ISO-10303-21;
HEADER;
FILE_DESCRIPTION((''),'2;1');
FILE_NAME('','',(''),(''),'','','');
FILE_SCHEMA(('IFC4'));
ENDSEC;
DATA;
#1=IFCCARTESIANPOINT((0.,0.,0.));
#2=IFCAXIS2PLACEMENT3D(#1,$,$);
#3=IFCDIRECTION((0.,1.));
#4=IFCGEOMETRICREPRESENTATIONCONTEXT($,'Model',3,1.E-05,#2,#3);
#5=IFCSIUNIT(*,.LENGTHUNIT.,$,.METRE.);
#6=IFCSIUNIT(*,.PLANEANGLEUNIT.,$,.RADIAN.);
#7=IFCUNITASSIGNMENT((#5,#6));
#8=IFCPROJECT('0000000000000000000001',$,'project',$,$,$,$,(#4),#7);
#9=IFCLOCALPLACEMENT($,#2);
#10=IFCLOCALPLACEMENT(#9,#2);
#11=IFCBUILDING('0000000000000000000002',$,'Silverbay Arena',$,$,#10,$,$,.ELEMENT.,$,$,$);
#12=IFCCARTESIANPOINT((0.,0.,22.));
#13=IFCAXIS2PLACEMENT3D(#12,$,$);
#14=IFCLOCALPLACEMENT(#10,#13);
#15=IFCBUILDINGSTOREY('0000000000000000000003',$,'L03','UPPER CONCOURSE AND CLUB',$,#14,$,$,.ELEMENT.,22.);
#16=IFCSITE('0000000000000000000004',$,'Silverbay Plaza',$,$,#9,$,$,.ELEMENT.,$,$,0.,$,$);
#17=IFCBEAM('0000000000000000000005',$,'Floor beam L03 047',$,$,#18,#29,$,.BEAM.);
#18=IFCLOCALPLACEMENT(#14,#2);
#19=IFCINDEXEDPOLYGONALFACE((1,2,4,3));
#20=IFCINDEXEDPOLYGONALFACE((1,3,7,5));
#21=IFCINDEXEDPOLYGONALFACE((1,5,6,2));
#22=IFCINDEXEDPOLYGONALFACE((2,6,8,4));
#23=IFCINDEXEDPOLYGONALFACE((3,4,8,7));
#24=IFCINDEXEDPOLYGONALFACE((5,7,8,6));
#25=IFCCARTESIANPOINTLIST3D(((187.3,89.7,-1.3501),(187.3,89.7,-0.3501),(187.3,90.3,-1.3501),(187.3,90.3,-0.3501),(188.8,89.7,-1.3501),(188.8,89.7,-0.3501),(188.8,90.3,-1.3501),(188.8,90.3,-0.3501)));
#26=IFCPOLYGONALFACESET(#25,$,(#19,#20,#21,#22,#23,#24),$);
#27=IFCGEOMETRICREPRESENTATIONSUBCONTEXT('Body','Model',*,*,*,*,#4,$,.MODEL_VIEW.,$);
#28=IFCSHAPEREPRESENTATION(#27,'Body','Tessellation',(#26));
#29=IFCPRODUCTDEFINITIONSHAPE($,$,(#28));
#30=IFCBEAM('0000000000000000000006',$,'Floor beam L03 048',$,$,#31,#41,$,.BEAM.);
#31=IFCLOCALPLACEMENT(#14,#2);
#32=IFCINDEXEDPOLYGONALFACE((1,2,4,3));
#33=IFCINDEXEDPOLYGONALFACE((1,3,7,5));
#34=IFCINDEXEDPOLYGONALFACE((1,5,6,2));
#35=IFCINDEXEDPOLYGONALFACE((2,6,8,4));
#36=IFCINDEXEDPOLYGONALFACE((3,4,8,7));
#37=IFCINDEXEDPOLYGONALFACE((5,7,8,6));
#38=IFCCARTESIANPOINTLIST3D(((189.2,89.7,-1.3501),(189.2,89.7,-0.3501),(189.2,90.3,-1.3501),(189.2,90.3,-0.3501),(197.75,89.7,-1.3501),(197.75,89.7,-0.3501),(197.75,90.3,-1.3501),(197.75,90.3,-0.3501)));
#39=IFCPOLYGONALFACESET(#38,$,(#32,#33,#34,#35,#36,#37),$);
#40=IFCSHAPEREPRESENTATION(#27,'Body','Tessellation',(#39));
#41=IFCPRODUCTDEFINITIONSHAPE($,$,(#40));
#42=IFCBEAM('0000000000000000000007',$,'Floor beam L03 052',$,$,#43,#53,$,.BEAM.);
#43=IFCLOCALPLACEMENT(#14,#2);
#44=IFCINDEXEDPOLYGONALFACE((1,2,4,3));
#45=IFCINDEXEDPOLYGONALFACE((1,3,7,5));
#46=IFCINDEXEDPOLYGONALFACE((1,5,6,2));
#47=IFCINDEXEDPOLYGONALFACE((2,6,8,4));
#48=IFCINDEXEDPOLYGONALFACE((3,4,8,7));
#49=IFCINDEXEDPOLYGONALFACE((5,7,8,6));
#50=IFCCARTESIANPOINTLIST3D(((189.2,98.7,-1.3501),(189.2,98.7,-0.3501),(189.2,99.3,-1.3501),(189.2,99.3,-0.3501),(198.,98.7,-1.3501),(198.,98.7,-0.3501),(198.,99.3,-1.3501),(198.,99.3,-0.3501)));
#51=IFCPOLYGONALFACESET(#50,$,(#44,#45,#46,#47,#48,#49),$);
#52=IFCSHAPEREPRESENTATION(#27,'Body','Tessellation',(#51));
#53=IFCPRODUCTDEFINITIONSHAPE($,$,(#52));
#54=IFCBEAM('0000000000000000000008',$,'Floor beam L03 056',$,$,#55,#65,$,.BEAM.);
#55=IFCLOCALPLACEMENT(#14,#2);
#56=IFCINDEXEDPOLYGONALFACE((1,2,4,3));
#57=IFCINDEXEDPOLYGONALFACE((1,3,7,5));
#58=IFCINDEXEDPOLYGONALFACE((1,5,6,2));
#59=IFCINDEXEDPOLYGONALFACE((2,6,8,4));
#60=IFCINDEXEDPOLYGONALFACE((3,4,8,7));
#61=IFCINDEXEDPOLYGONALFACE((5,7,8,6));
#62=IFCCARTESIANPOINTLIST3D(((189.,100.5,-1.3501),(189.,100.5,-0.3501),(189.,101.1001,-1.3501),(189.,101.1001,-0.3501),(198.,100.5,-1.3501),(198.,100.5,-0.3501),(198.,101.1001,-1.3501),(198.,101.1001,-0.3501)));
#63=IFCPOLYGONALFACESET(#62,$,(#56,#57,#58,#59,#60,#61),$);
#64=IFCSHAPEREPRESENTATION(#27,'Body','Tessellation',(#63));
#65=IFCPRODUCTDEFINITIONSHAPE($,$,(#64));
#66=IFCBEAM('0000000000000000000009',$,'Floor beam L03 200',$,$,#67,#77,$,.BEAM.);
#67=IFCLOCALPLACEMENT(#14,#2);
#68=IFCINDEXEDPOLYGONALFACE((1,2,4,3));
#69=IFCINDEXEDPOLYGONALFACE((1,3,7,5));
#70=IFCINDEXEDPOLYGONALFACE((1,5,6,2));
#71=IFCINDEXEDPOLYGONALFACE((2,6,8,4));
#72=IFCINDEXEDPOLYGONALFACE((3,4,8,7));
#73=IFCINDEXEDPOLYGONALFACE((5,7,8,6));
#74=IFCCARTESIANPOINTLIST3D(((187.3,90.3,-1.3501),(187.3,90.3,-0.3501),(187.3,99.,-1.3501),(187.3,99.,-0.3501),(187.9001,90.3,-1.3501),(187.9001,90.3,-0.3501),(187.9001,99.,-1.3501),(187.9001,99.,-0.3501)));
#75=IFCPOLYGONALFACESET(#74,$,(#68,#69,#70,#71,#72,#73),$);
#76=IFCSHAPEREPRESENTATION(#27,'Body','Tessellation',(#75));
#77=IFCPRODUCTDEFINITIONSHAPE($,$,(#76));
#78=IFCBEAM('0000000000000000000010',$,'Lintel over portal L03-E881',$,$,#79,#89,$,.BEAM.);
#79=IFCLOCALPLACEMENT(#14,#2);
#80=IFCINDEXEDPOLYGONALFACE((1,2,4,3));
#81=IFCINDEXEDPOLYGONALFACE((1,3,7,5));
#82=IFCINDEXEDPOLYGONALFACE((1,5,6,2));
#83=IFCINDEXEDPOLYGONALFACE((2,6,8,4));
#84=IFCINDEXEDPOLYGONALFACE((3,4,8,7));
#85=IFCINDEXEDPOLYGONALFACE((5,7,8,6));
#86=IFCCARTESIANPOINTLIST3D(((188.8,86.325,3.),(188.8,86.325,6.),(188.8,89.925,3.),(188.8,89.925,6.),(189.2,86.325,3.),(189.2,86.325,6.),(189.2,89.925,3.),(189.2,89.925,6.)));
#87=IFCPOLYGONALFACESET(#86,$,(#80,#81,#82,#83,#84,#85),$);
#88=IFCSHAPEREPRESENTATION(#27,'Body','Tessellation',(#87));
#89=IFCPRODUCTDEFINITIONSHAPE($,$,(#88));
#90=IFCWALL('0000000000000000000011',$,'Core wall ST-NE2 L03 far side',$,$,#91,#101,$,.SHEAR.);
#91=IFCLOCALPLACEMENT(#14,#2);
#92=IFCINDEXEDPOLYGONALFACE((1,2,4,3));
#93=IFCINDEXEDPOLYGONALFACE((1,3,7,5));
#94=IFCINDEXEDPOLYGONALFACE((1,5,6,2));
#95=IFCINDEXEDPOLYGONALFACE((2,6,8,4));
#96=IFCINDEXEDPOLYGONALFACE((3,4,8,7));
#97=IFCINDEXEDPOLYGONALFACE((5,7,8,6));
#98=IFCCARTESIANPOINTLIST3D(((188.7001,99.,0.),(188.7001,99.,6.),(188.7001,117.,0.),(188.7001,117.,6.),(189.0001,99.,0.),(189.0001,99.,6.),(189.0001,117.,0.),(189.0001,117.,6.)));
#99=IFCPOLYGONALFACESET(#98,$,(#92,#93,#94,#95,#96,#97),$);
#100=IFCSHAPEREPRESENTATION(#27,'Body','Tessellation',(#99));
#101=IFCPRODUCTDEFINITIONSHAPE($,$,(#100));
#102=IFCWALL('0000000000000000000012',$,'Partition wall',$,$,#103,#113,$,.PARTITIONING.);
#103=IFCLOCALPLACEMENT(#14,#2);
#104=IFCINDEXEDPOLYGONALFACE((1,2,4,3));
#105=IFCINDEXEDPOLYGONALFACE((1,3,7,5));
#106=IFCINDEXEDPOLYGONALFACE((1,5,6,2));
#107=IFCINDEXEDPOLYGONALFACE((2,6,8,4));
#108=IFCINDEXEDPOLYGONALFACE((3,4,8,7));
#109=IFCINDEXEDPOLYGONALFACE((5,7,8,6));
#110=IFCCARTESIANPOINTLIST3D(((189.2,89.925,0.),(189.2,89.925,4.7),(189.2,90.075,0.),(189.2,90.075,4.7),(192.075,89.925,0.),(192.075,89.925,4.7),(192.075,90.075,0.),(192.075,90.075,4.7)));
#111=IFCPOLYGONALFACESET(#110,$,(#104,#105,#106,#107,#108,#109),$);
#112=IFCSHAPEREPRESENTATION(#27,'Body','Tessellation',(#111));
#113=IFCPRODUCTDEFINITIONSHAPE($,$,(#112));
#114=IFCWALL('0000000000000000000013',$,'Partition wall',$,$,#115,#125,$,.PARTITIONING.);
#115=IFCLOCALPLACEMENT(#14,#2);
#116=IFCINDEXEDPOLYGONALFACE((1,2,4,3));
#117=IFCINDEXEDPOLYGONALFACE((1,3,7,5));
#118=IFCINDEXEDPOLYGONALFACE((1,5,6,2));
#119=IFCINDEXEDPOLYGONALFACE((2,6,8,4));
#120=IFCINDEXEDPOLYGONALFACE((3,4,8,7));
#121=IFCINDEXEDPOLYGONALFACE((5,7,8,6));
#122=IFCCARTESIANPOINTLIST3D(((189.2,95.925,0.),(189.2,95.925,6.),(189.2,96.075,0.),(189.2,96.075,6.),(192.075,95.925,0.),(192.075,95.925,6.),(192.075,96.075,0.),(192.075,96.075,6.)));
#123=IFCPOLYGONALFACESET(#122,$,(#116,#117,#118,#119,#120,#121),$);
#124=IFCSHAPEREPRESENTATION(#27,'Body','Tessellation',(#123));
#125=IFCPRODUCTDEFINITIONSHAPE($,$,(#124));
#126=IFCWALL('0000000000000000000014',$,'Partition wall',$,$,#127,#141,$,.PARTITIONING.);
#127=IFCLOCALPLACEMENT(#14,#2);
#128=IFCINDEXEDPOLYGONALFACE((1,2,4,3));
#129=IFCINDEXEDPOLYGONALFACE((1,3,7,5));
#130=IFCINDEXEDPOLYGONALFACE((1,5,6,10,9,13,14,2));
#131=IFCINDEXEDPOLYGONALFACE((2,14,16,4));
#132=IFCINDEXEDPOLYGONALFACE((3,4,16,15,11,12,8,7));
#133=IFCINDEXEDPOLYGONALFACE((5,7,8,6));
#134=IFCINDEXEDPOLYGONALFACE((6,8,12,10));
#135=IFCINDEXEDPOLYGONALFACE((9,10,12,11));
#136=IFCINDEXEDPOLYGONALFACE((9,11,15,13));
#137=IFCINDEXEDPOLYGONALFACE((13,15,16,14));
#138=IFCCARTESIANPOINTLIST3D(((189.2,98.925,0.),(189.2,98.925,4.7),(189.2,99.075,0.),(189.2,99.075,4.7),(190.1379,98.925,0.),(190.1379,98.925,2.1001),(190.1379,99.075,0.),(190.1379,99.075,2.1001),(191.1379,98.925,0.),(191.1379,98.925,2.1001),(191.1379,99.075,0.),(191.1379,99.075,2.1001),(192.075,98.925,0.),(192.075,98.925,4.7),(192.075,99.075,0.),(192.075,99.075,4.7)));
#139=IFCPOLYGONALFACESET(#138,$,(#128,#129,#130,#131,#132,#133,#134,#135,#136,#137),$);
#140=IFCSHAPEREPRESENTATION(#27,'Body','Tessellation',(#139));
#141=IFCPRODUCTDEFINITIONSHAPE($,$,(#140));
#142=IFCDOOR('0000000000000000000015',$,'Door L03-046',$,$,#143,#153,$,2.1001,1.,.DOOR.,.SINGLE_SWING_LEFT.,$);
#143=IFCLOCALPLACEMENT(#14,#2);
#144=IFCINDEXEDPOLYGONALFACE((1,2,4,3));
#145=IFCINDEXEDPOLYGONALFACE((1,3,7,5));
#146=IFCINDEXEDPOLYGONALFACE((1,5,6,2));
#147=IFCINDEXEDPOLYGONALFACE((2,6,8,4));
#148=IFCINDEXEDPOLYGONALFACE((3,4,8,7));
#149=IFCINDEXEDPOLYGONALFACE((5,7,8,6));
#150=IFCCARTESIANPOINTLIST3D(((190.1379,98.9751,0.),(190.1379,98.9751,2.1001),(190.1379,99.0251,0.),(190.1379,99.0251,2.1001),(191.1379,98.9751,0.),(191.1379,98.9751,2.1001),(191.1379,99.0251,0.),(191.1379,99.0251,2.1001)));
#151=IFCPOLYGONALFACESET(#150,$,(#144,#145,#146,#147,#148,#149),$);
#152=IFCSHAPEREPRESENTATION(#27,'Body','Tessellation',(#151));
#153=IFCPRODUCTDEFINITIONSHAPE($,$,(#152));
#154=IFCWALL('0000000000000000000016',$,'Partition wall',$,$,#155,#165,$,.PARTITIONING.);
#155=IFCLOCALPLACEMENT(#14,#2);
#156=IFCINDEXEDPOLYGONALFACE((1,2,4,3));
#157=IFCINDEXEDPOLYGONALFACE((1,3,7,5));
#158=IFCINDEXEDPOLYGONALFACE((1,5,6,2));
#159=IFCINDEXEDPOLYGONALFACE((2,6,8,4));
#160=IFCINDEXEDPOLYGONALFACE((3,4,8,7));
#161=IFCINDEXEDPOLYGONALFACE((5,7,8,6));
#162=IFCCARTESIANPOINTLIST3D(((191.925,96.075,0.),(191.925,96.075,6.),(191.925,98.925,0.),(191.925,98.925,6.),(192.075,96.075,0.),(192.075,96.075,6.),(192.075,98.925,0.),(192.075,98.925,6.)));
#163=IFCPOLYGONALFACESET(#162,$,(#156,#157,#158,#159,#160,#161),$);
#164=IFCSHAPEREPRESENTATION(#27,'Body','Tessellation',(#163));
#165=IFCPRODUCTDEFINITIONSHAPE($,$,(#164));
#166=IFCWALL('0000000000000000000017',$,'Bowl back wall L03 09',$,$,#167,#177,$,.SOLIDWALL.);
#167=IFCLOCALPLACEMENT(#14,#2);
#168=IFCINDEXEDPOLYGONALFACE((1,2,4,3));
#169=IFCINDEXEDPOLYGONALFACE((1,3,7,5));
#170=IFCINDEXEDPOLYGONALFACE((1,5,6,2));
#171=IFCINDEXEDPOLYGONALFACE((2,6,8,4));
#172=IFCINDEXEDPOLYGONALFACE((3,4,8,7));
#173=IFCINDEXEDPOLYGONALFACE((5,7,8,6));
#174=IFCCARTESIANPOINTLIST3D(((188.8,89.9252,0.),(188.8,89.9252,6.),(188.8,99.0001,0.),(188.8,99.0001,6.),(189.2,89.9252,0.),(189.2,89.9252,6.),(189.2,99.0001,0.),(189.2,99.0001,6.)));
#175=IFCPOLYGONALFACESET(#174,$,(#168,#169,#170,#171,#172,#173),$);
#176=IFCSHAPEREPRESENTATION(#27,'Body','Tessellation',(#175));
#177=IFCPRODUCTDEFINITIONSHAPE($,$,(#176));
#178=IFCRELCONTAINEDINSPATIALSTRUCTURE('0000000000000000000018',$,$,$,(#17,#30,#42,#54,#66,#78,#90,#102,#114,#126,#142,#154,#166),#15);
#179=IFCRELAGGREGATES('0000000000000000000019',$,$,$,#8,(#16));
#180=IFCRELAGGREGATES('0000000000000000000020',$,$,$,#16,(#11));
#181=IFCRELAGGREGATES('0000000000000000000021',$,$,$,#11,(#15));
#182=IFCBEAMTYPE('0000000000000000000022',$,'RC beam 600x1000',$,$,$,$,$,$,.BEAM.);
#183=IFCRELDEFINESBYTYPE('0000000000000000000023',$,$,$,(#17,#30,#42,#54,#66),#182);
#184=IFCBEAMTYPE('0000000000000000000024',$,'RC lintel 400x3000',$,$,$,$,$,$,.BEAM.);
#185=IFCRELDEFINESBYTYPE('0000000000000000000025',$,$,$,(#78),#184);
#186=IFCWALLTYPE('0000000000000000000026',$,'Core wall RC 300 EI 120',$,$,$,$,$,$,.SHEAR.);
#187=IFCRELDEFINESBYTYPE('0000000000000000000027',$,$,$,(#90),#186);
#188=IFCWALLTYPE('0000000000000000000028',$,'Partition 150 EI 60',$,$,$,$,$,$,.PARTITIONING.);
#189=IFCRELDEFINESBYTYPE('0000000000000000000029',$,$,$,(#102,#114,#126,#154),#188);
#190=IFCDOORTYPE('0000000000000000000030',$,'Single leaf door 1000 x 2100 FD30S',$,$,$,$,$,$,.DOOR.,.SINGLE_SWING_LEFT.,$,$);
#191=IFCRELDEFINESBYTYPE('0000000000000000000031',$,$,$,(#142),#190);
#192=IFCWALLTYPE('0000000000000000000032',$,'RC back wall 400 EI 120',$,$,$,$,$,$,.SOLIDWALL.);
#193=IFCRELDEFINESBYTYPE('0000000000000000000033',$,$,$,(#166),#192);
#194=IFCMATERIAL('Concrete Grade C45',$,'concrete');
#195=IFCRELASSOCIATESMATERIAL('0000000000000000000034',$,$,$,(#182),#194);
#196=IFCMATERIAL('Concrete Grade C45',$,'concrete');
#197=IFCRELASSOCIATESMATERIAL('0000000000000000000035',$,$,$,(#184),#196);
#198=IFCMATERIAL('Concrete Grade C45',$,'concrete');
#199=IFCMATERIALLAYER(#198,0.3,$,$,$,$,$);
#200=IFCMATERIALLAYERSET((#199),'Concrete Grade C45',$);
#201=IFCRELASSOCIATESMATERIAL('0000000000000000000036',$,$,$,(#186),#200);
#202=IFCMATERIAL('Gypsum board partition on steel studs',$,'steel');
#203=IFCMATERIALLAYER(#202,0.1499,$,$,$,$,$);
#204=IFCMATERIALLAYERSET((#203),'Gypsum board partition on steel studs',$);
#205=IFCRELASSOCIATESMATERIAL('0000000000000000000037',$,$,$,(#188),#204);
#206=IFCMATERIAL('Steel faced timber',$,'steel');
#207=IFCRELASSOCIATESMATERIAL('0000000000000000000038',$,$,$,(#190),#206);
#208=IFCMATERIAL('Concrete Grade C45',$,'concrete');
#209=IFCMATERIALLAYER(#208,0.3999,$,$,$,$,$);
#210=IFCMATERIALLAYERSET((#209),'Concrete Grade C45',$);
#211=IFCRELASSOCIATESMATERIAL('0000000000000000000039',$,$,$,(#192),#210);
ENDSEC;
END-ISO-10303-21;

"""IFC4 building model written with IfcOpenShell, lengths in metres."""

from ifc_helpers import new_model, si_unit, direction, frame, frame_2d, origin, origin_2d, place, context, subcontext, project, spatial, rectangle, extrude, material, layer, layer_set, material_profile, profile_set, type_object, element, fill, save


model = new_model("IFC4")

# Units and contexts
model_context = context("Model", 3, precision=1e-05, world=origin(), true_north=direction((0.0, 1.0)))
body_context = subcontext(model_context, "Body", "Model", "MODEL_VIEW")
ifc_project = project(units=[si_unit("LENGTHUNIT", "METRE"), si_unit("PLANEANGLEUNIT", "RADIAN")], contexts=[model_context])

# Site, building, storey
site_placement = place(None, origin())
site = spatial("IfcSite", under=ifc_project, at=site_placement, Name="Silverbay Plaza", CompositionType="ELEMENT", RefElevation=0.0)
building_placement = place(site_placement, origin())
building = spatial("IfcBuilding", under=site, at=building_placement, Name="Silverbay Arena", CompositionType="ELEMENT")
storey_placement = place(building_placement, frame((0.0, 0.0, 22.0)))
storey = spatial("IfcBuildingStorey", under=building, at=storey_placement, Name="L03", Description="UPPER CONCOURSE AND CLUB", CompositionType="ELEMENT", Elevation=22.0)

# Beams
ifc_material_1 = material(Name="Concrete Grade C45", Category="concrete")
ifc_material_profile_1 = material_profile(ifc_material_1, rectangle(XDim=0.6001, YDim=1.0, at=origin_2d()), Name="RC 600x1000")
ifc_profile_set_1 = profile_set([ifc_material_profile_1], Name="Concrete Grade C45")
beam_type_1 = type_object("IfcBeamType", Name="RC beam 600x1000", PredefinedType="BEAM", material=ifc_profile_set_1)
beam_1_placement = place(storey_placement, frame((187.3, 90.0, -0.8501), z_axis=(1.0, 0.0, 0.0), x_axis=(0.0, 1.0, 0.0)))
element("IfcBeam", 1, at=beam_1_placement, inside=storey, type_object=beam_type_1, Name="Floor beam L03 047", PredefinedType="BEAM", context=body_context, shape_type="SweptSolid", body=[
    extrude(rectangle(XDim=0.6001, YDim=1.0, at=origin_2d()), origin(), (0.0, 0.0, 1.0), 1.5),
])
beam_2_placement = place(storey_placement, frame((189.2, 90.0, -0.8501), z_axis=(1.0, 0.0, 0.0), x_axis=(0.0, 1.0, 0.0)))
element("IfcBeam", 2, at=beam_2_placement, inside=storey, type_object=beam_type_1, Name="Floor beam L03 048", PredefinedType="BEAM", context=body_context, shape_type="SweptSolid", body=[
    extrude(rectangle(XDim=0.6001, YDim=1.0, at=origin_2d()), origin(), (0.0, 0.0, 1.0), 8.55),
])
beam_3_placement = place(storey_placement, frame((189.2, 99.0, -0.8501), z_axis=(1.0, 0.0, 0.0), x_axis=(0.0, 1.0, 0.0)))
element("IfcBeam", 3, at=beam_3_placement, inside=storey, type_object=beam_type_1, Name="Floor beam L03 052", PredefinedType="BEAM", context=body_context, shape_type="SweptSolid", body=[
    extrude(rectangle(XDim=0.6001, YDim=1.0, at=origin_2d()), origin(), (0.0, 0.0, 1.0), 8.8),
])
beam_4_placement = place(storey_placement, frame((189.0, 100.8, -0.8501), z_axis=(1.0, 0.0, 0.0), x_axis=(0.0, 1.0, 0.0)))
element("IfcBeam", 4, at=beam_4_placement, inside=storey, type_object=beam_type_1, Name="Floor beam L03 056", PredefinedType="BEAM", context=body_context, shape_type="SweptSolid", body=[
    extrude(rectangle(XDim=0.6001, YDim=1.0, at=origin_2d()), origin(), (0.0, 0.0, 1.0), 9.0),
])
beam_5_placement = place(storey_placement, frame((187.6001, 90.3, -0.8501), z_axis=(0.0, 1.0, 0.0), x_axis=(-1.0, 0.0, 0.0)))
element("IfcBeam", 5, at=beam_5_placement, inside=storey, type_object=beam_type_1, Name="Floor beam L03 200", PredefinedType="BEAM", context=body_context, shape_type="SweptSolid", body=[
    extrude(rectangle(XDim=0.6001, YDim=1.0, at=origin_2d()), origin(), (0.0, 0.0, 1.0), 8.7),
])
ifc_material_2 = material(Name="Concrete Grade C45", Category="concrete")
ifc_material_profile_2 = material_profile(ifc_material_2, rectangle(XDim=0.3999, YDim=3.0, at=origin_2d()), Name="RC 400x3000")
ifc_profile_set_2 = profile_set([ifc_material_profile_2], Name="Concrete Grade C45")
beam_type_2 = type_object("IfcBeamType", Name="RC lintel 400x3000", PredefinedType="BEAM", material=ifc_profile_set_2)
beam_6_placement = place(storey_placement, frame((189.0, 86.325, 4.5), z_axis=(0.0, 1.0, 0.0), x_axis=(-1.0, 0.0, 0.0)))
element("IfcBeam", 6, at=beam_6_placement, inside=storey, type_object=beam_type_2, Name="Lintel over portal L03-E881", PredefinedType="BEAM", context=body_context, shape_type="SweptSolid", body=[
    extrude(rectangle(XDim=0.3999, YDim=3.0, at=origin_2d()), origin(), (0.0, 0.0, 1.0), 3.6001),
])

# Walls
ifc_material_3 = material(Name="Concrete Grade C45", Category="concrete")
ifc_layer_1 = layer(ifc_material_3, 0.3)
ifc_layer_set_1 = layer_set([ifc_layer_1], Name="Concrete Grade C45")
wall_type_1 = type_object("IfcWallType", Name="Core wall RC 300 EI 120", PredefinedType="SHEAR", material=ifc_layer_set_1)
wall_1_placement = place(storey_placement, frame((188.8501, 99.0, 0.0), z_axis=(0.0, 0.0, 1.0), x_axis=(0.0, 1.0, 0.0)))
element("IfcWall", 7, at=wall_1_placement, inside=storey, type_object=wall_type_1, Name="Core wall ST-NE2 L03 far side", PredefinedType="SHEAR", context=body_context, shape_type="SweptSolid", body=[
    extrude(rectangle(XDim=18.0, YDim=0.3, at=frame_2d((9.0, 0.0))), origin(), (0.0, 0.0, 1.0), 6.0),
])
ifc_material_4 = material(Name="Gypsum board partition on steel studs", Category="steel")
ifc_layer_2 = layer(ifc_material_4, 0.1499)
ifc_layer_set_2 = layer_set([ifc_layer_2], Name="Gypsum board partition on steel studs")
wall_type_2 = type_object("IfcWallType", Name="Partition 150 EI 60", PredefinedType="PARTITIONING", material=ifc_layer_set_2)
wall_2_placement = place(storey_placement, frame((189.2, 90.0, 0.0), z_axis=(0.0, 0.0, 1.0), x_axis=(1.0, 0.0, 0.0)))
element("IfcWall", 8, at=wall_2_placement, inside=storey, type_object=wall_type_2, Name="Partition wall", PredefinedType="PARTITIONING", context=body_context, shape_type="SweptSolid", body=[
    extrude(rectangle(XDim=2.875, YDim=0.1499, at=frame_2d((1.4375, 0.0))), origin(), (0.0, 0.0, 1.0), 4.7),
])
wall_3_placement = place(storey_placement, frame((189.2, 96.0, 0.0), z_axis=(0.0, 0.0, 1.0), x_axis=(1.0, 0.0, 0.0)))
element("IfcWall", 9, at=wall_3_placement, inside=storey, type_object=wall_type_2, Name="Partition wall", PredefinedType="PARTITIONING", context=body_context, shape_type="SweptSolid", body=[
    extrude(rectangle(XDim=2.875, YDim=0.1499, at=frame_2d((1.4375, 0.0))), origin(), (0.0, 0.0, 1.0), 6.0),
])

# Wall, opening, door
wall_4_placement = place(storey_placement, frame((189.2, 99.0, 0.0), z_axis=(0.0, 0.0, 1.0), x_axis=(1.0, 0.0, 0.0)))
wall_4 = element("IfcWall", 10, at=wall_4_placement, inside=storey, type_object=wall_type_2, Name="Partition wall", PredefinedType="PARTITIONING", context=body_context, shape_type="SweptSolid", body=[
    extrude(rectangle(XDim=2.875, YDim=0.1499, at=frame_2d((1.4375, 0.0))), origin(), (0.0, 0.0, 1.0), 4.7),
])
opening_1_placement = place(wall_4_placement, frame((0.938, 0.0, 0.0)))
opening_1 = element("IfcOpeningElement", 11, at=opening_1_placement, cuts=wall_4, PredefinedType="OPENING", context=body_context, shape_type="SweptSolid", body=[
    extrude(rectangle(XDim=1.0, YDim=2.1001, at=frame_2d((0.5, 1.05))), frame((0.0, 0.085, 0.0), z_axis=(0.0, -1.0, 0.0), x_axis=(1.0, 0.0, 0.0)), (0.0, 0.0, 1.0), 0.1699),
])
ifc_material_5 = material(Name="Steel faced timber", Category="steel")
door_type_1 = type_object("IfcDoorType", Name="Single leaf door 1000 x 2100 FD30S", OperationType="SINGLE_SWING_LEFT", PredefinedType="DOOR", material=ifc_material_5)
door_1_placement = place(opening_1_placement, frame((1.0, 0.0, 0.0), z_axis=(0.0, 0.0, 1.0), x_axis=(-1.0, 0.0, 0.0)))
door_1 = element("IfcDoor", 12, at=door_1_placement, inside=storey, type_object=door_type_1, Name="Door L03-046", OperationType="SINGLE_SWING_LEFT", OverallHeight=2.1001, OverallWidth=1.0, PredefinedType="DOOR", context=body_context, shape_type="SweptSolid", body=[
    extrude(rectangle(XDim=1.0, YDim=2.1001, at=frame_2d((0.5, 1.05))), frame((0.0, 0.0249, 0.0), z_axis=(0.0, -1.0, 0.0), x_axis=(1.0, 0.0, 0.0)), (0.0, 0.0, 1.0), 0.05),
])
fill(opening_1, door_1)

# Walls
wall_5_placement = place(storey_placement, frame((192.0, 96.075, 0.0), z_axis=(0.0, 0.0, 1.0), x_axis=(0.0, 1.0, 0.0)))
element("IfcWall", 13, at=wall_5_placement, inside=storey, type_object=wall_type_2, Name="Partition wall", PredefinedType="PARTITIONING", context=body_context, shape_type="SweptSolid", body=[
    extrude(rectangle(XDim=2.8501, YDim=0.1499, at=frame_2d((1.425, 0.0))), origin(), (0.0, 0.0, 1.0), 6.0),
])
ifc_material_6 = material(Name="Concrete Grade C45", Category="concrete")
ifc_layer_3 = layer(ifc_material_6, 0.3999)
ifc_layer_set_3 = layer_set([ifc_layer_3], Name="Concrete Grade C45")
wall_type_3 = type_object("IfcWallType", Name="RC back wall 400 EI 120", PredefinedType="SOLIDWALL", material=ifc_layer_set_3)
wall_6_placement = place(storey_placement, frame((189.0, 89.925, 0.0), z_axis=(0.0, 0.0, 1.0), x_axis=(0.0, 1.0, 0.0)))
element("IfcWall", 14, at=wall_6_placement, inside=storey, type_object=wall_type_3, Name="Bowl back wall L03 09", PredefinedType="SOLIDWALL", context=body_context, shape_type="SweptSolid", body=[
    extrude(rectangle(XDim=9.075, YDim=0.3999, at=frame_2d((4.5376, 0.0))), origin(), (0.0, 0.0, 1.0), 6.0),
])

save(model, "model.ifc")
